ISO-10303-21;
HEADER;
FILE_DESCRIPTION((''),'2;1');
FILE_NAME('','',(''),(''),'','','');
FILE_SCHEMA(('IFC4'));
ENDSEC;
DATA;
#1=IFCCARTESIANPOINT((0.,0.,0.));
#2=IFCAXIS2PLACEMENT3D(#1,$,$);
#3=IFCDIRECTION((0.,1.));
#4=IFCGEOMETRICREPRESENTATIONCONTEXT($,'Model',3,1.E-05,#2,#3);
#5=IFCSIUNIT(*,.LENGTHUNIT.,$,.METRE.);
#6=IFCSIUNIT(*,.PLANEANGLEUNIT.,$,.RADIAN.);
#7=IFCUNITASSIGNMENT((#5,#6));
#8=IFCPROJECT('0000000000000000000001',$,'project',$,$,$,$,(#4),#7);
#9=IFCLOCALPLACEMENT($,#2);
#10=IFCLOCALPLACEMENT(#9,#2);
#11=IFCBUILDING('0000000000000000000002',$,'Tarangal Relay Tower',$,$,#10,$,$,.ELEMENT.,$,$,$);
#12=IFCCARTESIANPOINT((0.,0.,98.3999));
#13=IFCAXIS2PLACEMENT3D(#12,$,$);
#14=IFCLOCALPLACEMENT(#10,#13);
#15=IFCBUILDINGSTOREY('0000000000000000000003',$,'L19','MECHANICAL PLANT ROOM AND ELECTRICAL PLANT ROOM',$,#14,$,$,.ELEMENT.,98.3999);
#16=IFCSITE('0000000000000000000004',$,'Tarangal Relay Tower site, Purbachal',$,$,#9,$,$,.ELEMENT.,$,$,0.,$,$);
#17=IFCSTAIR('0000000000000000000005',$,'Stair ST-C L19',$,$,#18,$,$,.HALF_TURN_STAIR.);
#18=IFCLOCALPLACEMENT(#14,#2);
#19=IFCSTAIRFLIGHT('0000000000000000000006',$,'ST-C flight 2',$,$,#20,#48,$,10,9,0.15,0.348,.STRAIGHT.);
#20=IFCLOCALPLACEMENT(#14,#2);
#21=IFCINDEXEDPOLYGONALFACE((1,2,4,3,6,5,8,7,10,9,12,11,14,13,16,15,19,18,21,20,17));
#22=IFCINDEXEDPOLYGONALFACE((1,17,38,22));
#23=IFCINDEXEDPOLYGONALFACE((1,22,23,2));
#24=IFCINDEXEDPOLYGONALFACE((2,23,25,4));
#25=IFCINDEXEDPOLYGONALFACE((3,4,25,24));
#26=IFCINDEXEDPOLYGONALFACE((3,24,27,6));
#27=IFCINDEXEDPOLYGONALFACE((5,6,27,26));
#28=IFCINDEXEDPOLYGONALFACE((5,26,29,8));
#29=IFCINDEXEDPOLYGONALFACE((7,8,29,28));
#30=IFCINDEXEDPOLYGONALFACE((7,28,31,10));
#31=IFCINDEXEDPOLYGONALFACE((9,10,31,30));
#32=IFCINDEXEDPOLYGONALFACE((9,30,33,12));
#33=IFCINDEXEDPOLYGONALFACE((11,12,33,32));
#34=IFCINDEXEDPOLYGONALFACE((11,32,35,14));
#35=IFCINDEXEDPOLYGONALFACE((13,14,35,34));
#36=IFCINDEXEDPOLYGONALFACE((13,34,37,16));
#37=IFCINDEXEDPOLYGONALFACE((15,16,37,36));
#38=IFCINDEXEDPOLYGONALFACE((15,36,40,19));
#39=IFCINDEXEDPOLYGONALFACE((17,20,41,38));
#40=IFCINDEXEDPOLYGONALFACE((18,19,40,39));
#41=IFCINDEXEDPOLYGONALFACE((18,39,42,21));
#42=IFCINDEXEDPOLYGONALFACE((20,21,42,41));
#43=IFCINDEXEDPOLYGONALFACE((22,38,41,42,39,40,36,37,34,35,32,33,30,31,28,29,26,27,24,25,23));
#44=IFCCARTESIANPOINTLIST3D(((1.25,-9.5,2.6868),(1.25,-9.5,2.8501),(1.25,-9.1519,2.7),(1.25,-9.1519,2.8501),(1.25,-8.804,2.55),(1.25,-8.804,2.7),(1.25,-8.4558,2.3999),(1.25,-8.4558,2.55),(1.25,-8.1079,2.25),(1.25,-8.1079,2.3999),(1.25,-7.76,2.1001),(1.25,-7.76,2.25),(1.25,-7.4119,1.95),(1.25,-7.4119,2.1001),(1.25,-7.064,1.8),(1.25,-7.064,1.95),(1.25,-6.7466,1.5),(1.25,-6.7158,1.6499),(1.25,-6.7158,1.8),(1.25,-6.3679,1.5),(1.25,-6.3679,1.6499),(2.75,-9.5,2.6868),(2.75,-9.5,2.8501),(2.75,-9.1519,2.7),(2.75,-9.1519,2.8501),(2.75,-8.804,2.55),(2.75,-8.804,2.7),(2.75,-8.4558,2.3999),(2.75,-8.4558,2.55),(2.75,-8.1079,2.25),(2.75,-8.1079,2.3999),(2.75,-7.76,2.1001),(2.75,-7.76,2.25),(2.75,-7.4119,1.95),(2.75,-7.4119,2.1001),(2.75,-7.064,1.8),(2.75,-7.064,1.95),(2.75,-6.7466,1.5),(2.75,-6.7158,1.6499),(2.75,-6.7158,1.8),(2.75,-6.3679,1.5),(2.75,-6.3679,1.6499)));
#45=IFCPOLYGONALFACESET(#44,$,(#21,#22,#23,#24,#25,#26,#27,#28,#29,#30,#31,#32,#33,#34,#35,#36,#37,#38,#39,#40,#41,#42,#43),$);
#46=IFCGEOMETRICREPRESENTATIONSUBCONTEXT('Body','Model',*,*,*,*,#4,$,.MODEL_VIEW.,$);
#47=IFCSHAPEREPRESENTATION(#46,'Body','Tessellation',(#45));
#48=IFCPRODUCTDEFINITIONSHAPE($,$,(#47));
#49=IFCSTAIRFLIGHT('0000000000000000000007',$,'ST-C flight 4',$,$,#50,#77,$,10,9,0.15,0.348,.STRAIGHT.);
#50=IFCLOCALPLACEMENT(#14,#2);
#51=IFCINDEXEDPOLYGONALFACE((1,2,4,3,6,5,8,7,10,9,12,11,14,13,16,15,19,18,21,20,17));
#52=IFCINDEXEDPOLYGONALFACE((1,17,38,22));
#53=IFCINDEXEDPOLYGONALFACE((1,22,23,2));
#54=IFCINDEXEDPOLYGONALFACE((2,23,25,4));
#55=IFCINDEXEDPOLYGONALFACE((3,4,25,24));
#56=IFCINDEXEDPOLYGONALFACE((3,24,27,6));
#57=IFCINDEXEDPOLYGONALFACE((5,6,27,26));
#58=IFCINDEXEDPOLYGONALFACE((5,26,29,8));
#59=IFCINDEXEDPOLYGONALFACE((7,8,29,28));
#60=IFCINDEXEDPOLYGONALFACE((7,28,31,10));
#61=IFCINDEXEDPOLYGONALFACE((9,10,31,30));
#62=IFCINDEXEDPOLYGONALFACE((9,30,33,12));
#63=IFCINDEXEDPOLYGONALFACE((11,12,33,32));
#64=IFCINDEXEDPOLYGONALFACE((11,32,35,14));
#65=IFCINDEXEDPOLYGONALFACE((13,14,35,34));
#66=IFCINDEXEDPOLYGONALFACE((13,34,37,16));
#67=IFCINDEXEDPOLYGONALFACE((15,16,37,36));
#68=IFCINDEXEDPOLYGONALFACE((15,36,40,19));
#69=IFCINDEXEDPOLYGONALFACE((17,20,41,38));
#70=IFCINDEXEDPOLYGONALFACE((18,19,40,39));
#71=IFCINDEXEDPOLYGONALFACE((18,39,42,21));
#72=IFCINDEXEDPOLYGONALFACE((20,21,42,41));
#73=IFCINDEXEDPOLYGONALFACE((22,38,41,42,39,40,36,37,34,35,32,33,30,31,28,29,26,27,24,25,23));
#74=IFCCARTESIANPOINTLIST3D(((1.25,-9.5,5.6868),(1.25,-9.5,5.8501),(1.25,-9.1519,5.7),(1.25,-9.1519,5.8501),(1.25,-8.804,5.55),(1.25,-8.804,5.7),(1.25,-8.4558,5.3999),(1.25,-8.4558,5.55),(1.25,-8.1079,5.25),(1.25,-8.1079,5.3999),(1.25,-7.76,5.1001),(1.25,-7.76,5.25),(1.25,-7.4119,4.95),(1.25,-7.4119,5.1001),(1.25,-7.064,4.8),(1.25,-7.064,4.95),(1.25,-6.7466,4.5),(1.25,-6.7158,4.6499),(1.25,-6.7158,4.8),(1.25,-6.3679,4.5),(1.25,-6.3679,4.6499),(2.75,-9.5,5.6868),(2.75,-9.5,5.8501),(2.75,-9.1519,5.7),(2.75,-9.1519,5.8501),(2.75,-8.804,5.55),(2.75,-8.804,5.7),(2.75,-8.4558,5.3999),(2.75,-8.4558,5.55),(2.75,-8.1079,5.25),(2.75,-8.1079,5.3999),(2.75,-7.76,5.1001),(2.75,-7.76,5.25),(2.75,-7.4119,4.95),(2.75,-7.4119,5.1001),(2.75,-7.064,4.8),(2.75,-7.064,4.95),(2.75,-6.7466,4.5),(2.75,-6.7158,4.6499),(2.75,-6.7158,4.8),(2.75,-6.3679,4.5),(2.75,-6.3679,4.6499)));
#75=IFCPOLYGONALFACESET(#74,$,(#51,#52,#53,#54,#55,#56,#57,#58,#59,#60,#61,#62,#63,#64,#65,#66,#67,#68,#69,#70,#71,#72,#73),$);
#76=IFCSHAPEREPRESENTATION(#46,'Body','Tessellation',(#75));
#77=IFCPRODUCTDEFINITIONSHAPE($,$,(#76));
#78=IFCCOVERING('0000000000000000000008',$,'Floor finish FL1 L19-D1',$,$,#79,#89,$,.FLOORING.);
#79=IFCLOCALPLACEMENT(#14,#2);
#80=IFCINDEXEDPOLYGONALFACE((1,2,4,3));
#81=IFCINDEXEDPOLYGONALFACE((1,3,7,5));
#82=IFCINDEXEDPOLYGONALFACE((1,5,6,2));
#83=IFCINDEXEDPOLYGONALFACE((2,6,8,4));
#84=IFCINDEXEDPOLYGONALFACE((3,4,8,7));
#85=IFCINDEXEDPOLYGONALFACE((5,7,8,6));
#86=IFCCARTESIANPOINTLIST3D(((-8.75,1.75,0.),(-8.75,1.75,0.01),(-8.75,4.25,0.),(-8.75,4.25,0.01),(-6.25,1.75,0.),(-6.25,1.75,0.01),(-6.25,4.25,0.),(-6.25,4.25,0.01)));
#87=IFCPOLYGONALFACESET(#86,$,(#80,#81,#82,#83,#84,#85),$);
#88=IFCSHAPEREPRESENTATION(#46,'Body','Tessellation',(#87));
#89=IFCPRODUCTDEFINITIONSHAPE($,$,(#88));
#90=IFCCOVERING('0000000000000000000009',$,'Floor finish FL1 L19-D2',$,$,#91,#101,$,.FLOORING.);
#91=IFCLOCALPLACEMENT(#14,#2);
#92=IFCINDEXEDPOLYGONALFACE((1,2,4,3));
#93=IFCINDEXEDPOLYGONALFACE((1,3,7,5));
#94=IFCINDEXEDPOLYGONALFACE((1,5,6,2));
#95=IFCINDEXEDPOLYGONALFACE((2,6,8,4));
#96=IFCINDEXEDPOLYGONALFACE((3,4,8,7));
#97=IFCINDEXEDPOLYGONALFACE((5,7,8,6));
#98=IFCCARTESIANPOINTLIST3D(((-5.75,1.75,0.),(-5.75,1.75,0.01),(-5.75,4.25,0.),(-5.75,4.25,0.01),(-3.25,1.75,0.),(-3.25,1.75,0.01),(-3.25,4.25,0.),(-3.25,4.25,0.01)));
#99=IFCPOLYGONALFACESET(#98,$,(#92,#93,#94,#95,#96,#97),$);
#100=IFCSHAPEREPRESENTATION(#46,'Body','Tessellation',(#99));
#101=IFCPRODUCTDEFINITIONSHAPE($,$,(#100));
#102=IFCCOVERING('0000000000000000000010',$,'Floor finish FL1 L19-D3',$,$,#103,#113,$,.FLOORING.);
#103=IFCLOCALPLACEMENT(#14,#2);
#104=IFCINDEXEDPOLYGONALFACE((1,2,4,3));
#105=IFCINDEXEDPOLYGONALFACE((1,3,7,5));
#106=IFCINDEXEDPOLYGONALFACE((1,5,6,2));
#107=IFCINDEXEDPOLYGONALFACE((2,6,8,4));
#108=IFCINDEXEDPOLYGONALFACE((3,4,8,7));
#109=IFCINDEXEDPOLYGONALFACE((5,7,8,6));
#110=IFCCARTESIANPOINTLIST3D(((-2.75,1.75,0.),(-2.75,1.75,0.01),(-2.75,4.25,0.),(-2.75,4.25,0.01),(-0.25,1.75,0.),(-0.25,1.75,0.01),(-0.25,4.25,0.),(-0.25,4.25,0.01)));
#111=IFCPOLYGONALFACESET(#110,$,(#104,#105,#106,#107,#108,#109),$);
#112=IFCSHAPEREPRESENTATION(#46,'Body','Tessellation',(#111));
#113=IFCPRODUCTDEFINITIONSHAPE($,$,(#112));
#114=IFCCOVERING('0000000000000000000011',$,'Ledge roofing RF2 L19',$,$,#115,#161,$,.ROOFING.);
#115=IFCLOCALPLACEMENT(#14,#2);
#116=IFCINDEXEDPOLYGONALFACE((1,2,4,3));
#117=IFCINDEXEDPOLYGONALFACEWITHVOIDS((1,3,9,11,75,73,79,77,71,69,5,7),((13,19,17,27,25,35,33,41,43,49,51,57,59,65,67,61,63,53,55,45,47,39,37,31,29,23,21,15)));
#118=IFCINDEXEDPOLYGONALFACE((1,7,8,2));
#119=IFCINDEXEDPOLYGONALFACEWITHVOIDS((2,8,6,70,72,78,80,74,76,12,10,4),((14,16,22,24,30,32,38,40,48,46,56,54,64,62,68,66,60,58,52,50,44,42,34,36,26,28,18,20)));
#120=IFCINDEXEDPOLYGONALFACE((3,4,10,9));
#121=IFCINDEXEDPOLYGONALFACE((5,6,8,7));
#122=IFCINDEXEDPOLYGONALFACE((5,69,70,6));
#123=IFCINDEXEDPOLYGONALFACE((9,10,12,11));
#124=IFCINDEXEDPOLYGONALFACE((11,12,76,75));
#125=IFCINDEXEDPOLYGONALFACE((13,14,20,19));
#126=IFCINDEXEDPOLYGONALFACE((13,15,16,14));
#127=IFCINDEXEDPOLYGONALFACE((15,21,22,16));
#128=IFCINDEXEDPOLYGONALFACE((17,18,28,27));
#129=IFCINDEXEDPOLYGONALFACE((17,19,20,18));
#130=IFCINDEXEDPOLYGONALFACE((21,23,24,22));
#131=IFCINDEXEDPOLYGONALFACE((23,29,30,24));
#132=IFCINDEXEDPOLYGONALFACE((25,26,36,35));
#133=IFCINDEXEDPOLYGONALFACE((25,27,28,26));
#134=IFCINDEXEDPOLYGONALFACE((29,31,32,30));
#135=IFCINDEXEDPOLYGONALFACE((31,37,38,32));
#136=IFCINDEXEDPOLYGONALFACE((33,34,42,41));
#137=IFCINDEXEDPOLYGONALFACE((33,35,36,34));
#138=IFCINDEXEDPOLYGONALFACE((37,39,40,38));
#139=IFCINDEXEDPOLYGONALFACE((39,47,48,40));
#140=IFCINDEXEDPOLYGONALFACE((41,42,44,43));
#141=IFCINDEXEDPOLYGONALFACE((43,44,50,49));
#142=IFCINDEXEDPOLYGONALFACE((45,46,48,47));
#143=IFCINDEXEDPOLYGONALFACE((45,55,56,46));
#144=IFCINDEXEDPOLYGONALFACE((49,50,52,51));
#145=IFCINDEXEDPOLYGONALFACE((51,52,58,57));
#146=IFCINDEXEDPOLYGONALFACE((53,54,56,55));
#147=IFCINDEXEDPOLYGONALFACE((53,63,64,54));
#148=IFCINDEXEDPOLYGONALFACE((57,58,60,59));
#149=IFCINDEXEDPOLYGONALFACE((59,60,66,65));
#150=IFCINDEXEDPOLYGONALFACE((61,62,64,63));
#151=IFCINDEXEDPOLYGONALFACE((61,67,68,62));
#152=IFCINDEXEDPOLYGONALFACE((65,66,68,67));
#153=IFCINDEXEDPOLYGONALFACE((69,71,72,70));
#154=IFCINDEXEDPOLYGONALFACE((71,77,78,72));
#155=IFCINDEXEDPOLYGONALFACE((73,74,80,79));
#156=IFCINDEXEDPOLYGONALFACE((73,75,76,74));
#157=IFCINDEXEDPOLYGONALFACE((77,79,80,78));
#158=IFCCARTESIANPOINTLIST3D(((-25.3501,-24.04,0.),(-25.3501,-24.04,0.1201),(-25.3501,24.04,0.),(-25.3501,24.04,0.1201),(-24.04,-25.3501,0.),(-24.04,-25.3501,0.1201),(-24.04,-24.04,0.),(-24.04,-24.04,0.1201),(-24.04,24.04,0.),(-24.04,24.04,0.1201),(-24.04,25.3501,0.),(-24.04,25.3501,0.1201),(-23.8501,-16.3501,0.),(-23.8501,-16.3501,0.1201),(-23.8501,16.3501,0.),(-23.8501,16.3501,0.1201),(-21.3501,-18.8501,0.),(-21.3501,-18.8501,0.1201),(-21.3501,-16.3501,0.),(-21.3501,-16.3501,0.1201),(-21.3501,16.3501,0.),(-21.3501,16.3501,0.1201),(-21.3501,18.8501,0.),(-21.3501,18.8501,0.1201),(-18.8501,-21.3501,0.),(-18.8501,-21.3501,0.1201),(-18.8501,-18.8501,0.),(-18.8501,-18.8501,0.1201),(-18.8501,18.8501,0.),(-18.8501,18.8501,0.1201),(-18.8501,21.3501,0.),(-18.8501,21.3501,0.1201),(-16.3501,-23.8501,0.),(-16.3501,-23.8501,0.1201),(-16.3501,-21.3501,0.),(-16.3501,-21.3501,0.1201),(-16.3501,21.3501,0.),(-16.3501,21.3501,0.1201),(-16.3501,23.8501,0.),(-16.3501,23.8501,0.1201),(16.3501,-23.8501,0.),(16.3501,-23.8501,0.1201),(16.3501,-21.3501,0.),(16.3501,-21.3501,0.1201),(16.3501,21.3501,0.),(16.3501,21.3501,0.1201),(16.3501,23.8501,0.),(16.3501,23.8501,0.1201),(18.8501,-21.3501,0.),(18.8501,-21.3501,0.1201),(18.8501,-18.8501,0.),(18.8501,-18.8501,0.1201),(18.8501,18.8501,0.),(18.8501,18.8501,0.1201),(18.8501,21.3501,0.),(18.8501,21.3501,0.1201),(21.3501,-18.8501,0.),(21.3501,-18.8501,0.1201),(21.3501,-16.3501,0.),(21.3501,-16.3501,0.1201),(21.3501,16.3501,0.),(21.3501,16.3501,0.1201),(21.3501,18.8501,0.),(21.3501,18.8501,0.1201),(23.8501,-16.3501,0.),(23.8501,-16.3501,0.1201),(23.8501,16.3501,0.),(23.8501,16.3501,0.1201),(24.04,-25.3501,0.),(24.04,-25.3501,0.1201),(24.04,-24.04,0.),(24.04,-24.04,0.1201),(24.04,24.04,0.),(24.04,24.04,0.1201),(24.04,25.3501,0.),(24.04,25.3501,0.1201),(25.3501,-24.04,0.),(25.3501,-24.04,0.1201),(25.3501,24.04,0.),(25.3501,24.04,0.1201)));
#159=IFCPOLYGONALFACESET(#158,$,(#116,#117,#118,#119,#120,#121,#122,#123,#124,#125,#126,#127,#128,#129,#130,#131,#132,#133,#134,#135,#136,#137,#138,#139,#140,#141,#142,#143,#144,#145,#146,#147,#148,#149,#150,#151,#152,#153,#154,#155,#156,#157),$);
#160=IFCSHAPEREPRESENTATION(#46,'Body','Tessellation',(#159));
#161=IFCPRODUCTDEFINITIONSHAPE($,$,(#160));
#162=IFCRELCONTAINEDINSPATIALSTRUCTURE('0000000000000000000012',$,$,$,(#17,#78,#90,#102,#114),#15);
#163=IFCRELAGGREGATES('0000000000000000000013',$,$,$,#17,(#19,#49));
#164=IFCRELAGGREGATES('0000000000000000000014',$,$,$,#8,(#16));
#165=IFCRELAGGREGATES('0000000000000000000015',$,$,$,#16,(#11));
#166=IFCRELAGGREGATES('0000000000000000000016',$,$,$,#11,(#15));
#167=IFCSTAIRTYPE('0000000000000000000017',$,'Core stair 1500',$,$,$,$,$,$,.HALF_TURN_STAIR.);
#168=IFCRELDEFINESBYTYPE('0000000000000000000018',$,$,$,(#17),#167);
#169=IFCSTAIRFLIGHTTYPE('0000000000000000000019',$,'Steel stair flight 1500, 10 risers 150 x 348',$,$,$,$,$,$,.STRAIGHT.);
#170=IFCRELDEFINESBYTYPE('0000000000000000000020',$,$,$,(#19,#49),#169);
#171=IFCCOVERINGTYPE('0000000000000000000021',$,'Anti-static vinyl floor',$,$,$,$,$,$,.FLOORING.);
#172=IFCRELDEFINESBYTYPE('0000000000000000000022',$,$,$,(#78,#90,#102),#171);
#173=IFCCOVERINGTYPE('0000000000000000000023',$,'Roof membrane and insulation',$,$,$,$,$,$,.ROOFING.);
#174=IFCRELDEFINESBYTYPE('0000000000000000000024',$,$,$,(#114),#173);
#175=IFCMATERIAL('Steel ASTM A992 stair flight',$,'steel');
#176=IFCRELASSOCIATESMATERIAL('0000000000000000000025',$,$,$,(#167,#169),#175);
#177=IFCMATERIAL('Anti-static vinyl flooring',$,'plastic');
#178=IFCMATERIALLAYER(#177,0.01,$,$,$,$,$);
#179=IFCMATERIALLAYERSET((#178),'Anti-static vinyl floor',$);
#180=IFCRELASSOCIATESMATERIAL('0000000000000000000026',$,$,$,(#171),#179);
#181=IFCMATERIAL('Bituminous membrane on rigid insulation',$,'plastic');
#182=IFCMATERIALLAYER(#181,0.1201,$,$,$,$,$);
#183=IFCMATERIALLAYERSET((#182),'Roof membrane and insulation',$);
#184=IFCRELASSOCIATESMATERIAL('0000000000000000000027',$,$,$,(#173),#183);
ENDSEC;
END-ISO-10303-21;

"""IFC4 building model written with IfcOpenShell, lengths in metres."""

from ifc_helpers import new_model, si_unit, direction, frame, origin, place, context, subcontext, project, spatial, polyline, outline, extrude, material, layer, layer_set, type_object, element, aggregate, save


model = new_model("IFC4")

# Units and contexts
model_context = context("Model", 3, precision=1e-05, world=origin(), true_north=direction((0.0, 1.0)))
body_context = subcontext(model_context, "Body", "Model", "MODEL_VIEW")
ifc_project = project(units=[si_unit("LENGTHUNIT", "METRE"), si_unit("PLANEANGLEUNIT", "RADIAN")], contexts=[model_context])

# Site, building, storey
site_placement = place(None, origin())
site = spatial("IfcSite", under=ifc_project, at=site_placement, Name="Tarangal Relay Tower site, Purbachal", CompositionType="ELEMENT", RefElevation=0.0)
building_placement = place(site_placement, origin())
building = spatial("IfcBuilding", under=site, at=building_placement, Name="Tarangal Relay Tower", CompositionType="ELEMENT")
storey_placement = place(building_placement, frame((0.0, 0.0, 98.3999)))
storey = spatial("IfcBuildingStorey", under=building, at=storey_placement, Name="L19", Description="MECHANICAL PLANT ROOM AND ELECTRICAL PLANT ROOM", CompositionType="ELEMENT", Elevation=98.3999)

# Shared definitions
ifc_material_1 = material(Name="Steel ASTM A992 stair flight", Category="steel")
stair_type = type_object("IfcStairType", Name="Core stair 1500", PredefinedType="HALF_TURN_STAIR", material=ifc_material_1)

# Stair, stair flights
stair_1_placement = place(storey_placement, origin())
stair_1 = element("IfcStair", 1, at=stair_1_placement, inside=storey, type_object=stair_type, Name="Stair ST-C L19", PredefinedType="HALF_TURN_STAIR")
stair_flight_type = type_object("IfcStairFlightType", Name="Steel stair flight 1500, 10 risers 150 x 348", PredefinedType="STRAIGHT", material=ifc_material_1)
stair_flight_1_placement = place(storey_placement, frame((2.0, -6.3679, 1.5), z_axis=(0.0, 0.0, 1.0), x_axis=(0.0, -1.0, 0.0)))
stair_flight_1 = element("IfcStairFlight", 2, at=stair_flight_1_placement, type_object=stair_flight_type, Name="ST-C flight 2", NumberOfRisers=10, NumberOfTreads=9, PredefinedType="STRAIGHT", RiserHeight=0.15, TreadLength=0.348, context=body_context, shape_type="SweptSolid", body=[
    extrude(outline(polyline([(0.0, 0.0), (0.0, 0.1499), (0.3479, 0.1499), (0.3479, 0.3), (0.696, 0.3), (0.696, 0.45), (1.0439, 0.45), (1.0439, 0.6001), (1.3921, 0.6001), (1.3921, 0.75), (1.74, 0.75), (1.74, 0.8999), (2.0879, 0.8999), (2.0879, 1.05), (2.436, 1.05), (2.436, 1.2), (2.7839, 1.2), (2.7839, 1.3501), (3.1321, 1.3501), (3.1321, 1.5), (3.1321, 1.1868), (0.3787, 0.0), (0.0, 0.0)])), frame((0.0, 0.75, 0.0), z_axis=(0.0, -1.0, 0.0), x_axis=(1.0, 0.0, 0.0)), (0.0, 0.0, 1.0), 1.5),
])
stair_flight_2_placement = place(storey_placement, frame((2.0, -6.3679, 4.5), z_axis=(0.0, 0.0, 1.0), x_axis=(0.0, -1.0, 0.0)))
stair_flight_2 = element("IfcStairFlight", 3, at=stair_flight_2_placement, type_object=stair_flight_type, Name="ST-C flight 4", NumberOfRisers=10, NumberOfTreads=9, PredefinedType="STRAIGHT", RiserHeight=0.15, TreadLength=0.348, context=body_context, shape_type="SweptSolid", body=[
    extrude(outline(polyline([(0.0, 0.0), (0.0, 0.1499), (0.3479, 0.1499), (0.3479, 0.3), (0.696, 0.3), (0.696, 0.45), (1.0439, 0.45), (1.0439, 0.6001), (1.3921, 0.6001), (1.3921, 0.75), (1.74, 0.75), (1.74, 0.8999), (2.0879, 0.8999), (2.0879, 1.05), (2.436, 1.05), (2.436, 1.2), (2.7839, 1.2), (2.7839, 1.3501), (3.1321, 1.3501), (3.1321, 1.5), (3.1321, 1.1868), (0.3787, 0.0), (0.0, 0.0)])), frame((0.0, 0.75, 0.0), z_axis=(0.0, -1.0, 0.0), x_axis=(1.0, 0.0, 0.0)), (0.0, 0.0, 1.0), 1.5),
])
aggregate(stair_1, [stair_flight_1, stair_flight_2])

# Coverings
ifc_material_2 = material(Name="Anti-static vinyl flooring", Category="plastic")
ifc_layer_1 = layer(ifc_material_2, 0.01)
ifc_layer_set_1 = layer_set([ifc_layer_1], Name="Anti-static vinyl floor")
covering_type_1 = type_object("IfcCoveringType", Name="Anti-static vinyl floor", PredefinedType="FLOORING", material=ifc_layer_set_1)
covering_1_placement = place(storey_placement, origin())
element("IfcCovering", 4, at=covering_1_placement, inside=storey, type_object=covering_type_1, Name="Floor finish FL1 L19-D1", PredefinedType="FLOORING", context=body_context, shape_type="SweptSolid", body=[
    extrude(outline(polyline([(-8.75, 1.75), (-6.25, 1.75), (-6.25, 4.25), (-8.75, 4.25), (-8.75, 1.75)])), origin(), (0.0, 0.0, 1.0), 0.01),
])
covering_2_placement = place(storey_placement, origin())
element("IfcCovering", 5, at=covering_2_placement, inside=storey, type_object=covering_type_1, Name="Floor finish FL1 L19-D2", PredefinedType="FLOORING", context=body_context, shape_type="SweptSolid", body=[
    extrude(outline(polyline([(-5.75, 1.75), (-3.25, 1.75), (-3.25, 4.25), (-5.75, 4.25), (-5.75, 1.75)])), origin(), (0.0, 0.0, 1.0), 0.01),
])
covering_3_placement = place(storey_placement, origin())
element("IfcCovering", 6, at=covering_3_placement, inside=storey, type_object=covering_type_1, Name="Floor finish FL1 L19-D3", PredefinedType="FLOORING", context=body_context, shape_type="SweptSolid", body=[
    extrude(outline(polyline([(-2.75, 1.75), (-0.25, 1.75), (-0.25, 4.25), (-2.75, 4.25), (-2.75, 1.75)])), origin(), (0.0, 0.0, 1.0), 0.01),
])
ifc_material_3 = material(Name="Bituminous membrane on rigid insulation", Category="plastic")
ifc_layer_2 = layer(ifc_material_3, 0.1201)
ifc_layer_set_2 = layer_set([ifc_layer_2], Name="Roof membrane and insulation")
covering_type_2 = type_object("IfcCoveringType", Name="Roof membrane and insulation", PredefinedType="ROOFING", material=ifc_layer_set_2)
covering_4_placement = place(storey_placement, origin())
element("IfcCovering", 7, at=covering_4_placement, inside=storey, type_object=covering_type_2, Name="Ledge roofing RF2 L19", PredefinedType="ROOFING", context=body_context, shape_type="SweptSolid", body=[
    extrude(outline(polyline([(25.3501, -24.04), (25.3501, 24.04), (24.04, 24.04), (24.04, 25.3501), (-24.04, 25.3501), (-24.04, 24.04), (-25.3501, 24.04), (-25.3501, -24.04), (-24.04, -24.04), (-24.04, -25.3501), (24.04, -25.3501), (24.04, -24.04), (25.3501, -24.04)]), holes=[polyline([(-23.8501, 16.3501), (-23.8501, -16.3501), (-21.3501, -16.3501), (-21.3501, -18.8501), (-18.8501, -18.8501), (-18.8501, -21.3501), (-16.3501, -21.3501), (-16.3501, -23.8501), (16.3501, -23.8501), (16.3501, -21.3501), (18.8501, -21.3501), (18.8501, -18.8501), (21.3501, -18.8501), (21.3501, -16.3501), (23.8501, -16.3501), (23.8501, 16.3501), (21.3501, 16.3501), (21.3501, 18.8501), (18.8501, 18.8501), (18.8501, 21.3501), (16.3501, 21.3501), (16.3501, 23.8501), (-16.3501, 23.8501), (-16.3501, 21.3501), (-18.8501, 21.3501), (-18.8501, 18.8501), (-21.3501, 18.8501), (-21.3501, 16.3501), (-23.8501, 16.3501)])]), origin(), (0.0, 0.0, 1.0), 0.1201),
])

save(model, "model.ifc")
